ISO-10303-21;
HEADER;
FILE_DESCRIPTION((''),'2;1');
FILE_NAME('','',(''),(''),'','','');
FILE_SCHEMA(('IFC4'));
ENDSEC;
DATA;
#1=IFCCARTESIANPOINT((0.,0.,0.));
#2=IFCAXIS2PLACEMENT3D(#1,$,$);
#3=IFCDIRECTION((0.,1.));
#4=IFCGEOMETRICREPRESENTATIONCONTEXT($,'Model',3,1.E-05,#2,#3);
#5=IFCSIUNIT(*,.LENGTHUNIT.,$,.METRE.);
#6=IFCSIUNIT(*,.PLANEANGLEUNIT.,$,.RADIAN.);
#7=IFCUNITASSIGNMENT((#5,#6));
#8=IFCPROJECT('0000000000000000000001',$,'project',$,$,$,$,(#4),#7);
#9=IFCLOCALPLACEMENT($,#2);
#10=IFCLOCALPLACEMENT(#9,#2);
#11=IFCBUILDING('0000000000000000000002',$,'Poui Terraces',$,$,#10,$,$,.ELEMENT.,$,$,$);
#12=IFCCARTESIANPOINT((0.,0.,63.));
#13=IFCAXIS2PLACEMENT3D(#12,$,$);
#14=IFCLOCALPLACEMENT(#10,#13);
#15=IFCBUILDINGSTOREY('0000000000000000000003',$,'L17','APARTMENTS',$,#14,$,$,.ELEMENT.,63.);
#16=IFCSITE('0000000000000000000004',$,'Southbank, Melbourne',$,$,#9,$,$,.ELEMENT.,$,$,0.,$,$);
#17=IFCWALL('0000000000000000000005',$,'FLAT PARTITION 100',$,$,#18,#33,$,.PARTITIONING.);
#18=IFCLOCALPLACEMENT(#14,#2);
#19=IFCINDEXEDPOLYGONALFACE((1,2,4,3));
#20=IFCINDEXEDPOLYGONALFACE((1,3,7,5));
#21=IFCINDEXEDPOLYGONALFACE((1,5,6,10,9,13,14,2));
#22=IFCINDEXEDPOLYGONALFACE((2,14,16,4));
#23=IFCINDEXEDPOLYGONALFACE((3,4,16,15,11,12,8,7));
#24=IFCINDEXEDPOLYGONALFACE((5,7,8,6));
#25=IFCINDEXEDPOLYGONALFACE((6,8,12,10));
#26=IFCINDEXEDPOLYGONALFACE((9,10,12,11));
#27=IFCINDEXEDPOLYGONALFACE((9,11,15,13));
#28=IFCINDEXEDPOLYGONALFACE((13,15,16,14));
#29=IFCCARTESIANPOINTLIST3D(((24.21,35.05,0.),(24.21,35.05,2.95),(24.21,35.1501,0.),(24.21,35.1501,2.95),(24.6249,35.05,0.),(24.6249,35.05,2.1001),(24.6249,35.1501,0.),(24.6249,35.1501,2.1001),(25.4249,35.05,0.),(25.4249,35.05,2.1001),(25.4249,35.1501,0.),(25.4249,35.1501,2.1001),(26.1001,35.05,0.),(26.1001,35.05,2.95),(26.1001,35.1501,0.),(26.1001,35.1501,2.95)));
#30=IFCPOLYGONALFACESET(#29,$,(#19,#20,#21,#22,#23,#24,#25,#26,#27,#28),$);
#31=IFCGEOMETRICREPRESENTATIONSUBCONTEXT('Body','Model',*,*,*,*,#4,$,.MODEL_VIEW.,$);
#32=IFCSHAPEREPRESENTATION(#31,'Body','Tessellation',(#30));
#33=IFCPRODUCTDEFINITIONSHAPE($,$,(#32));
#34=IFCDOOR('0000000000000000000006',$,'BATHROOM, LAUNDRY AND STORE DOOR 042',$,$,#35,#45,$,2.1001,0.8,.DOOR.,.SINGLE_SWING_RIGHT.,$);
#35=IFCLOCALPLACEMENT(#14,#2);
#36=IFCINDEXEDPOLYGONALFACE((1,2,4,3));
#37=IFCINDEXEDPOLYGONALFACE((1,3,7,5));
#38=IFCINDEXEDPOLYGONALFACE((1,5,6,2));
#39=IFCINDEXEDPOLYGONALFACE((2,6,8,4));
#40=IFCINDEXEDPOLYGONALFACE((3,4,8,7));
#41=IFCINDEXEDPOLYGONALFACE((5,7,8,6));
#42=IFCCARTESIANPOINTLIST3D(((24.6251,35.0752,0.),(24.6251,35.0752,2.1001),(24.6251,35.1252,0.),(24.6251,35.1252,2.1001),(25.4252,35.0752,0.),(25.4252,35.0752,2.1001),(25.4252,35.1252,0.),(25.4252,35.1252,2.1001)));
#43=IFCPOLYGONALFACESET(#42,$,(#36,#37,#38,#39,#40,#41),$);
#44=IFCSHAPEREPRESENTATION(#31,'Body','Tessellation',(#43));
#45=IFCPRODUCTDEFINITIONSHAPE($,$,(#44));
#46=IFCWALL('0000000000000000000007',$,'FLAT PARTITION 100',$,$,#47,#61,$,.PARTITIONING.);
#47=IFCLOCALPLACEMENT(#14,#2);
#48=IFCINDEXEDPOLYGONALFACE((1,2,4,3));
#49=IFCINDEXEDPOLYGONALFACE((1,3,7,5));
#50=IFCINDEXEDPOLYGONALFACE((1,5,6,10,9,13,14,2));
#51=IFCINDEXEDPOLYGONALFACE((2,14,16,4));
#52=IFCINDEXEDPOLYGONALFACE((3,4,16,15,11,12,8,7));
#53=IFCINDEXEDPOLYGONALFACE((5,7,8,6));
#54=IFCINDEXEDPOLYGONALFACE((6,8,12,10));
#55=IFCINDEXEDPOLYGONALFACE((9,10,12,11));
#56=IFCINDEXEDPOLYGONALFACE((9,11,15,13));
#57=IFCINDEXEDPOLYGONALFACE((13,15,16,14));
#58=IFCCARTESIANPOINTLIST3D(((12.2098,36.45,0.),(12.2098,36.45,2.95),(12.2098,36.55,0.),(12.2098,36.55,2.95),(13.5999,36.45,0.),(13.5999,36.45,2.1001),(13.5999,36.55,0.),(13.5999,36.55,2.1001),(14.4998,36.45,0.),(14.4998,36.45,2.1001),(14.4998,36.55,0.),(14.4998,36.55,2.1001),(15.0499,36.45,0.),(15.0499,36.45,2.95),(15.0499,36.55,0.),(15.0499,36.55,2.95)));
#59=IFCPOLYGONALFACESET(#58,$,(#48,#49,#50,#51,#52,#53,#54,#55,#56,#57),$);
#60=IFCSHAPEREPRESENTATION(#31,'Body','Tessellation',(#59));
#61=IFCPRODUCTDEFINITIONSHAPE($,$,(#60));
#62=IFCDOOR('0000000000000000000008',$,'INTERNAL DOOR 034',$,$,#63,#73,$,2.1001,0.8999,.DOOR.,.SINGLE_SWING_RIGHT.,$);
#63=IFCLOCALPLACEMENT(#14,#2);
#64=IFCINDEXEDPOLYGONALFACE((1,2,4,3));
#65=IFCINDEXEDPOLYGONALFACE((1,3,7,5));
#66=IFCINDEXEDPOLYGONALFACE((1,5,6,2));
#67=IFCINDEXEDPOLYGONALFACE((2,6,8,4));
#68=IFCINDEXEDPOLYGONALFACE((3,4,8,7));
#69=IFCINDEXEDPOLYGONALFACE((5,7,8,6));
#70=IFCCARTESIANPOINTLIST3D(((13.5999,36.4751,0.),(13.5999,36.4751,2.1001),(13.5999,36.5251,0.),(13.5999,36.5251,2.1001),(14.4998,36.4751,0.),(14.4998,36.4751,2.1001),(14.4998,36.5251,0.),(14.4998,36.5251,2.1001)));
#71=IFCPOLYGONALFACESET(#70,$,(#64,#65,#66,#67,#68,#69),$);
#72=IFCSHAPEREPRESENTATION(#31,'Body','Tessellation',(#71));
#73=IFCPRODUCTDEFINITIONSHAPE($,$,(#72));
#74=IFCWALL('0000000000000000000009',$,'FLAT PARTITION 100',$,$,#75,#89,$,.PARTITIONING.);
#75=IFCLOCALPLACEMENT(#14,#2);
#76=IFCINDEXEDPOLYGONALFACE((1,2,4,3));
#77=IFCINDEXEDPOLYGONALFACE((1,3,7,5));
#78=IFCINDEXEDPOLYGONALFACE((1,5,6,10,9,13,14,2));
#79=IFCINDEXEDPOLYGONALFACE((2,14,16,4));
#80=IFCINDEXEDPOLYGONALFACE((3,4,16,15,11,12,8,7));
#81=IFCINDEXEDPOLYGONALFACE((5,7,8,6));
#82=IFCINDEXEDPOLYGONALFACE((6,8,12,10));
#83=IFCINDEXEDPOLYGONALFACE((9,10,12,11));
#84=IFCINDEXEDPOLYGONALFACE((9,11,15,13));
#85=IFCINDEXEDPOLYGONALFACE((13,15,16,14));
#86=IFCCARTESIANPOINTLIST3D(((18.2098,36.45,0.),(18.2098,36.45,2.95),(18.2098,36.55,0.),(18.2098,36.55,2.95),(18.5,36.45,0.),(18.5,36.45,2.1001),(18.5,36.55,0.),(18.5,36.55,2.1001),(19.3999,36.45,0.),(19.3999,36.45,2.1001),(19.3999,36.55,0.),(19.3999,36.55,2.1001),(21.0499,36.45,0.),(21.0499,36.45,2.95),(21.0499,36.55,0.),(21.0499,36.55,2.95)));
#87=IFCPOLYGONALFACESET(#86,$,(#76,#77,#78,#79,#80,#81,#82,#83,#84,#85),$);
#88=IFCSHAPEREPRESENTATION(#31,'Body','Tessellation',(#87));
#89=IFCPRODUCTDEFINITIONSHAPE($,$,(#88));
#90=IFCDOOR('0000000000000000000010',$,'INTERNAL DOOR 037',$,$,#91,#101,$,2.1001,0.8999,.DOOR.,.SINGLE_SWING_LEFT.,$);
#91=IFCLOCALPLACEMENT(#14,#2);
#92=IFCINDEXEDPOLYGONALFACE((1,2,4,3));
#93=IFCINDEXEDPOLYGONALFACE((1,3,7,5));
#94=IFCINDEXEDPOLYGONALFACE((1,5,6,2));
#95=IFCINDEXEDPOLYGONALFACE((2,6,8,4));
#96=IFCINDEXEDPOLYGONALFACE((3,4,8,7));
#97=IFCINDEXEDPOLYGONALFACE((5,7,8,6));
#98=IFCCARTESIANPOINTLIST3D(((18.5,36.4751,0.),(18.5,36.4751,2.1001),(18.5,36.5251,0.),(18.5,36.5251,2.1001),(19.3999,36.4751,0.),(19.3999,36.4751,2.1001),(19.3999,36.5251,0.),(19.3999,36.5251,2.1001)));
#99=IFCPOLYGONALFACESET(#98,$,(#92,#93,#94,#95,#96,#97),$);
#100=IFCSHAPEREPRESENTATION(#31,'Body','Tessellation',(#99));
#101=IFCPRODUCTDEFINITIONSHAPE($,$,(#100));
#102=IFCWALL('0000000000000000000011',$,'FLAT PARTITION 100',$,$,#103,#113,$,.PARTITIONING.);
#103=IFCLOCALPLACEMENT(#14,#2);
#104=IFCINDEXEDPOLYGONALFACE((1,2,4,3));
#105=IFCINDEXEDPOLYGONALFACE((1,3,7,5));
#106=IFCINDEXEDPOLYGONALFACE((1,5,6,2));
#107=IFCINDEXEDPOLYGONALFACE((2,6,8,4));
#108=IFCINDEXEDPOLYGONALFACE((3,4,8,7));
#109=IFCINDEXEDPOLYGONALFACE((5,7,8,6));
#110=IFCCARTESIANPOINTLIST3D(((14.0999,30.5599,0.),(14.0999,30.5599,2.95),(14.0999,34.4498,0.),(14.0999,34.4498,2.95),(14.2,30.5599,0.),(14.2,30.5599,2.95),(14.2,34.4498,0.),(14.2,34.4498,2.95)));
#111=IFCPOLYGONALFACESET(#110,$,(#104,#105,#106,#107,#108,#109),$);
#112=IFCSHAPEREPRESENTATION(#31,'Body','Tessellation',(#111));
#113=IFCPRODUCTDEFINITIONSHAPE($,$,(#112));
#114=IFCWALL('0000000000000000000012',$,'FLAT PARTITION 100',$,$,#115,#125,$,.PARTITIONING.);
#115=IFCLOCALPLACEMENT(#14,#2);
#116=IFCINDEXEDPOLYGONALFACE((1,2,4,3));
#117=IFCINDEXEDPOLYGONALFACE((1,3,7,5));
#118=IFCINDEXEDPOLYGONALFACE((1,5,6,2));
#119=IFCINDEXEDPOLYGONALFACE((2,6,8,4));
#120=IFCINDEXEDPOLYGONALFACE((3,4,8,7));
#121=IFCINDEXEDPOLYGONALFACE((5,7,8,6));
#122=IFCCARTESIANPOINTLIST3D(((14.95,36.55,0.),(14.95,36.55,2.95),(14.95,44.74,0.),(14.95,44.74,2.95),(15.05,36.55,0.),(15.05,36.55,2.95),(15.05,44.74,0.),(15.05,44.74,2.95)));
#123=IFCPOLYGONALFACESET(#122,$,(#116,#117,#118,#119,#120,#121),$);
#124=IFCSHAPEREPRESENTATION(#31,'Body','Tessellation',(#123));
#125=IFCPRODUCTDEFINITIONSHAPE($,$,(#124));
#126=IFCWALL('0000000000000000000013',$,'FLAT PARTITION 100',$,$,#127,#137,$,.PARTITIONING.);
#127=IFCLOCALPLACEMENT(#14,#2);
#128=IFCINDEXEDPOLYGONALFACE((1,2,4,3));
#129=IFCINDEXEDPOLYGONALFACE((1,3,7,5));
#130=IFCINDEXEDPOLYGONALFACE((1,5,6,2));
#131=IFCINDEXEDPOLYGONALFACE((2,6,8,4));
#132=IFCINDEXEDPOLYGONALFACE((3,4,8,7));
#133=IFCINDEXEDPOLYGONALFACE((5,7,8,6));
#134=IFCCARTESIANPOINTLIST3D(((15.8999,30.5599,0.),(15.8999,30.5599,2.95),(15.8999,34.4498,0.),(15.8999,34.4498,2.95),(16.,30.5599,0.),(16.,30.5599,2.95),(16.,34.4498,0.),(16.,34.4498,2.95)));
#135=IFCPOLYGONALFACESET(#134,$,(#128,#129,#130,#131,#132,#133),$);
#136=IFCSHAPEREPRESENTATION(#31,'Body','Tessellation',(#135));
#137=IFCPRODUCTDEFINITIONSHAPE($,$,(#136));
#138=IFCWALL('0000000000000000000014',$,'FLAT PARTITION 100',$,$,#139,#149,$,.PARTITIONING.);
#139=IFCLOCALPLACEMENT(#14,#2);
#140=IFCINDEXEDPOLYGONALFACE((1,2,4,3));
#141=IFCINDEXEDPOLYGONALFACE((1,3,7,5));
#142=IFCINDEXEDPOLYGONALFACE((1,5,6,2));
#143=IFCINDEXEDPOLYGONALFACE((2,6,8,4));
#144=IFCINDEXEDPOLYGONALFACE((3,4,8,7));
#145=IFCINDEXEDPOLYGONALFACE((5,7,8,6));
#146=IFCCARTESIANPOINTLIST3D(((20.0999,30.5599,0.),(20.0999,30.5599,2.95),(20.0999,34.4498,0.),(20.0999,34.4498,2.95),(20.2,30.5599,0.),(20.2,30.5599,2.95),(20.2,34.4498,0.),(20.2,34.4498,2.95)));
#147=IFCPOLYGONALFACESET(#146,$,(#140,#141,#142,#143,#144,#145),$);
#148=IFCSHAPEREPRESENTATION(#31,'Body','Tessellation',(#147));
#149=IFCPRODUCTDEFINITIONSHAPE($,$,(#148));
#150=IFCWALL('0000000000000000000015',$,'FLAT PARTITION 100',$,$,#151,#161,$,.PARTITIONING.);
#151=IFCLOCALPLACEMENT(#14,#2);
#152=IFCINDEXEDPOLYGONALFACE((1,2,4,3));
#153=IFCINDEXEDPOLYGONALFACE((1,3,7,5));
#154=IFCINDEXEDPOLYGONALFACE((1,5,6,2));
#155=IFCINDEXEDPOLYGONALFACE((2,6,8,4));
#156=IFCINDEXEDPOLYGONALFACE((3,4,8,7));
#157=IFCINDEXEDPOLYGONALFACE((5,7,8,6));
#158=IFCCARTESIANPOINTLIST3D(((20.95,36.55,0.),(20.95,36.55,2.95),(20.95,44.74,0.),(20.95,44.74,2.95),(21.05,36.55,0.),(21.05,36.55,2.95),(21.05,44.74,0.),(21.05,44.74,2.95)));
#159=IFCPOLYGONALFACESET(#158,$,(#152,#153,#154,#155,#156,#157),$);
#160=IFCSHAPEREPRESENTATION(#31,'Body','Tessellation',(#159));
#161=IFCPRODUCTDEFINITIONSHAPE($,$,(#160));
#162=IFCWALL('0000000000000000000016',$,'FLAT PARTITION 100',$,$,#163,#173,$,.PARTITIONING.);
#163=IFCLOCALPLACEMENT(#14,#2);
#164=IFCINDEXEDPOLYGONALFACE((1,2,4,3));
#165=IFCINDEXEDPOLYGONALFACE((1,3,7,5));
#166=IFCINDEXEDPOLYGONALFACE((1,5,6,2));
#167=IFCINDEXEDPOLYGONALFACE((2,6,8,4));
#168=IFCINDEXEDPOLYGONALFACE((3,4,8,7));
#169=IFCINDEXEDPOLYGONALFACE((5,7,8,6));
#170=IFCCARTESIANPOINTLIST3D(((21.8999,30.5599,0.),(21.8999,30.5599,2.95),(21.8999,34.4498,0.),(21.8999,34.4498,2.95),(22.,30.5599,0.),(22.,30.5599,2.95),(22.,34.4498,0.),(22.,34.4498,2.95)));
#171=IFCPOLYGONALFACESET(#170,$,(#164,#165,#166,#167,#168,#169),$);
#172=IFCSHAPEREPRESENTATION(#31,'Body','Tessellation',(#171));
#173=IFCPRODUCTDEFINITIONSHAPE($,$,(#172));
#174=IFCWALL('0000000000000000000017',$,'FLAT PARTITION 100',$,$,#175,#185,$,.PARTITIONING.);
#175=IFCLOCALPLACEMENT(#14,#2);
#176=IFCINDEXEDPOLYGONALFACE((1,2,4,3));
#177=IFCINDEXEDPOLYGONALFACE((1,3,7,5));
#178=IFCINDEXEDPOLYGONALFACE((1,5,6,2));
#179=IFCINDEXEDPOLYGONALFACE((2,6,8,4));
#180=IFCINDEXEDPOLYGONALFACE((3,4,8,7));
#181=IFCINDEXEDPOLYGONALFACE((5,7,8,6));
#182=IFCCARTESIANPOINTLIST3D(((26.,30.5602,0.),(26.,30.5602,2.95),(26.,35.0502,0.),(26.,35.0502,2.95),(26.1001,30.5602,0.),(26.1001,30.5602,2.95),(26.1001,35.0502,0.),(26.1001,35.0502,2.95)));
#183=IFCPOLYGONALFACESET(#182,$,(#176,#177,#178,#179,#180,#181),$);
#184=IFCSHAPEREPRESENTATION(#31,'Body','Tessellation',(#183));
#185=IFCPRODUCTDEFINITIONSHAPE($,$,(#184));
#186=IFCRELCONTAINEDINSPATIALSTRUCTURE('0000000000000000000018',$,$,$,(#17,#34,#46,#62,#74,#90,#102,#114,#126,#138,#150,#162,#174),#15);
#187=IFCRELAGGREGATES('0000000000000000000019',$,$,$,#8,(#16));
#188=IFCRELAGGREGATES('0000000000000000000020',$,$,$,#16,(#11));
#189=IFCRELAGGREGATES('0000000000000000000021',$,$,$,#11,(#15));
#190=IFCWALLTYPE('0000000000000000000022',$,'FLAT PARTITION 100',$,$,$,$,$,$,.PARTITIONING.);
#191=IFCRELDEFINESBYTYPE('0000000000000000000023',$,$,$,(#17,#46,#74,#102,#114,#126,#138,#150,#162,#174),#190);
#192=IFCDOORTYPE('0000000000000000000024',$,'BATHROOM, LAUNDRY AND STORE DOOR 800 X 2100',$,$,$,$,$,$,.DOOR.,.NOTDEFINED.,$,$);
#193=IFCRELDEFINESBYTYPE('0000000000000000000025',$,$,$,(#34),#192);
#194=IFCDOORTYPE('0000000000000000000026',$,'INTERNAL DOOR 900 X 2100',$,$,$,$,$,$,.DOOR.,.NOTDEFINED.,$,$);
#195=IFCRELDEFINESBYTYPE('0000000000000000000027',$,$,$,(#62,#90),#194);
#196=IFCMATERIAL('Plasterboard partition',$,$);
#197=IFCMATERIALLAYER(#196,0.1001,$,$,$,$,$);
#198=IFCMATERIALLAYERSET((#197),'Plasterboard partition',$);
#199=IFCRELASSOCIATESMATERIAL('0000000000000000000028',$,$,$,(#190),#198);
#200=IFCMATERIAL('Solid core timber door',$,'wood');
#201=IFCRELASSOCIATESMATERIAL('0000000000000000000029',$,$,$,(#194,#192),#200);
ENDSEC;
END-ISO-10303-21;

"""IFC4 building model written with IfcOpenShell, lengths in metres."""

from ifc_helpers import new_model, si_unit, direction, frame, frame_2d, origin, place, context, subcontext, project, spatial, rectangle, extrude, material, layer, layer_set, type_object, element, fill, save


model = new_model("IFC4")

# Units and contexts
model_context = context("Model", 3, precision=1e-05, world=origin(), true_north=direction((0.0, 1.0)))
body_context = subcontext(model_context, "Body", "Model", "MODEL_VIEW")
ifc_project = project(units=[si_unit("LENGTHUNIT", "METRE"), si_unit("PLANEANGLEUNIT", "RADIAN")], contexts=[model_context])

# Site, building, storey
site_placement = place(None, origin())
site = spatial("IfcSite", under=ifc_project, at=site_placement, Name="Southbank, Melbourne", CompositionType="ELEMENT", RefElevation=0.0)
building_placement = place(site_placement, origin())
building = spatial("IfcBuilding", under=site, at=building_placement, Name="Poui Terraces", CompositionType="ELEMENT")
storey_placement = place(building_placement, frame((0.0, 0.0, 63.0)))
storey = spatial("IfcBuildingStorey", under=building, at=storey_placement, Name="L17", Description="APARTMENTS", CompositionType="ELEMENT", Elevation=63.0)

# Walls, openings, doors
ifc_material_1 = material(Name="Plasterboard partition")
ifc_layer_1 = layer(ifc_material_1, 0.1001)
ifc_layer_set_1 = layer_set([ifc_layer_1], Name="Plasterboard partition")
wall_type_1 = type_object("IfcWallType", Name="FLAT PARTITION 100", PredefinedType="PARTITIONING", material=ifc_layer_set_1)
ifc_material_2 = material(Name="Solid core timber door", Category="wood")
door_type_1 = type_object("IfcDoorType", Name="INTERNAL DOOR 900 X 2100", OperationType="NOTDEFINED", PredefinedType="DOOR", material=ifc_material_2)
door_type_2 = type_object("IfcDoorType", Name="BATHROOM, LAUNDRY AND STORE DOOR 800 X 2100", OperationType="NOTDEFINED", PredefinedType="DOOR", material=ifc_material_2)
wall_1_placement = place(storey_placement, frame((24.21, 35.1001, 0.0), z_axis=(0.0, 0.0, 1.0), x_axis=(1.0, 0.0, 0.0)))
wall_1 = element("IfcWall", 1, at=wall_1_placement, inside=storey, type_object=wall_type_1, Name="FLAT PARTITION 100", PredefinedType="PARTITIONING", context=body_context, shape_type="SweptSolid", body=[
    extrude(rectangle(XDim=1.8901, YDim=0.1001, at=frame_2d((0.9451, 0.0))), origin(), (0.0, 0.0, 1.0), 2.95),
])
opening_1_placement = place(wall_1_placement, frame((0.415, 0.0, 0.0)))
opening_1 = element("IfcOpeningElement", 2, at=opening_1_placement, cuts=wall_1, PredefinedType="OPENING", context=body_context, shape_type="SweptSolid", body=[
    extrude(rectangle(XDim=0.8, YDim=2.1001, at=frame_2d((0.3999, 1.05))), frame((0.0, 0.0601, 0.0), z_axis=(0.0, -1.0, 0.0), x_axis=(1.0, 0.0, 0.0)), (0.0, 0.0, 1.0), 0.1201),
])
door_1_placement = place(opening_1_placement, frame((0.8, 0.0, 0.0), z_axis=(0.0, 0.0, 1.0), x_axis=(-1.0, 0.0, 0.0)))
door_1 = element("IfcDoor", 3, at=door_1_placement, inside=storey, type_object=door_type_2, Name="BATHROOM, LAUNDRY AND STORE DOOR 042", OperationType="SINGLE_SWING_RIGHT", OverallHeight=2.1001, OverallWidth=0.8, PredefinedType="DOOR", context=body_context, shape_type="SweptSolid", body=[
    extrude(rectangle(XDim=0.8, YDim=2.1001, at=frame_2d((0.3999, 1.05))), frame((0.0, 0.0249, 0.0), z_axis=(0.0, -1.0, 0.0), x_axis=(1.0, 0.0, 0.0)), (0.0, 0.0, 1.0), 0.05),
])
fill(opening_1, door_1)
wall_2_placement = place(storey_placement, frame((12.21, 36.5, 0.0), z_axis=(0.0, 0.0, 1.0), x_axis=(1.0, 0.0, 0.0)))
wall_2 = element("IfcWall", 4, at=wall_2_placement, inside=storey, type_object=wall_type_1, Name="FLAT PARTITION 100", PredefinedType="PARTITIONING", context=body_context, shape_type="SweptSolid", body=[
    extrude(rectangle(XDim=2.8401, YDim=0.1001, at=frame_2d((1.4199, 0.0))), origin(), (0.0, 0.0, 1.0), 2.95),
])
opening_2_placement = place(wall_2_placement, frame((1.3899, 0.0, 0.0)))
opening_2 = element("IfcOpeningElement", 5, at=opening_2_placement, cuts=wall_2, PredefinedType="OPENING", context=body_context, shape_type="SweptSolid", body=[
    extrude(rectangle(XDim=0.8999, YDim=2.1001, at=frame_2d((0.45, 1.05))), frame((0.0, 0.0601, 0.0), z_axis=(0.0, -1.0, 0.0), x_axis=(1.0, 0.0, 0.0)), (0.0, 0.0, 1.0), 0.1201),
])
door_2_placement = place(opening_2_placement, frame((0.8999, 0.0, 0.0), z_axis=(0.0, 0.0, 1.0), x_axis=(-1.0, 0.0, 0.0)))
door_2 = element("IfcDoor", 6, at=door_2_placement, inside=storey, type_object=door_type_1, Name="INTERNAL DOOR 034", OperationType="SINGLE_SWING_RIGHT", OverallHeight=2.1001, OverallWidth=0.8999, PredefinedType="DOOR", context=body_context, shape_type="SweptSolid", body=[
    extrude(rectangle(XDim=0.8999, YDim=2.1001, at=frame_2d((0.45, 1.05))), frame((0.0, 0.0249, 0.0), z_axis=(0.0, -1.0, 0.0), x_axis=(1.0, 0.0, 0.0)), (0.0, 0.0, 1.0), 0.05),
])
fill(opening_2, door_2)
wall_3_placement = place(storey_placement, frame((18.21, 36.5, 0.0), z_axis=(0.0, 0.0, 1.0), x_axis=(1.0, 0.0, 0.0)))
wall_3 = element("IfcWall", 7, at=wall_3_placement, inside=storey, type_object=wall_type_1, Name="FLAT PARTITION 100", PredefinedType="PARTITIONING", context=body_context, shape_type="SweptSolid", body=[
    extrude(rectangle(XDim=2.8401, YDim=0.1001, at=frame_2d((1.4199, 0.0))), origin(), (0.0, 0.0, 1.0), 2.95),
])
opening_3_placement = place(wall_3_placement, frame((0.29, 0.0, 0.0)))
opening_3 = element("IfcOpeningElement", 8, at=opening_3_placement, cuts=wall_3, PredefinedType="OPENING", context=body_context, shape_type="SweptSolid", body=[
    extrude(rectangle(XDim=0.8999, YDim=2.1001, at=frame_2d((0.45, 1.05))), frame((0.0, 0.0601, 0.0), z_axis=(0.0, -1.0, 0.0), x_axis=(1.0, 0.0, 0.0)), (0.0, 0.0, 1.0), 0.1201),
])
door_3_placement = place(opening_3_placement, frame((0.8999, 0.0, 0.0), z_axis=(0.0, 0.0, 1.0), x_axis=(-1.0, 0.0, 0.0)))
door_3 = element("IfcDoor", 9, at=door_3_placement, inside=storey, type_object=door_type_1, Name="INTERNAL DOOR 037", OperationType="SINGLE_SWING_LEFT", OverallHeight=2.1001, OverallWidth=0.8999, PredefinedType="DOOR", context=body_context, shape_type="SweptSolid", body=[
    extrude(rectangle(XDim=0.8999, YDim=2.1001, at=frame_2d((0.45, 1.05))), frame((0.0, 0.0249, 0.0), z_axis=(0.0, -1.0, 0.0), x_axis=(1.0, 0.0, 0.0)), (0.0, 0.0, 1.0), 0.05),
])
fill(opening_3, door_3)

# Walls
wall_4_placement = place(storey_placement, frame((14.1499, 30.5601, 0.0), z_axis=(0.0, 0.0, 1.0), x_axis=(0.0, 1.0, 0.0)))
element("IfcWall", 10, at=wall_4_placement, inside=storey, type_object=wall_type_1, Name="FLAT PARTITION 100", PredefinedType="PARTITIONING", context=body_context, shape_type="SweptSolid", body=[
    extrude(rectangle(XDim=3.8899, YDim=0.1001, at=frame_2d((1.9448, 0.0))), origin(), (0.0, 0.0, 1.0), 2.95),
])
wall_5_placement = place(storey_placement, frame((15.0, 36.55, 0.0), z_axis=(0.0, 0.0, 1.0), x_axis=(0.0, 1.0, 0.0)))
element("IfcWall", 11, at=wall_5_placement, inside=storey, type_object=wall_type_1, Name="FLAT PARTITION 100", PredefinedType="PARTITIONING", context=body_context, shape_type="SweptSolid", body=[
    extrude(rectangle(XDim=8.1899, YDim=0.1001, at=frame_2d((4.095, 0.0))), origin(), (0.0, 0.0, 1.0), 2.95),
])
for number, where, z_axis, x_axis, name in (
    (12, (15.95, 30.5601, 0.0), (0.0, 0.0, 1.0), (0.0, 1.0, 0.0), "FLAT PARTITION 100"),
    (13, (20.1499, 30.5601, 0.0), (0.0, 0.0, 1.0), (0.0, 1.0, 0.0), "FLAT PARTITION 100"),
):
    element("IfcWall", number, at=place(storey_placement, frame(where, z_axis=z_axis, x_axis=x_axis)), inside=storey, type_object=wall_type_1, Name=name, PredefinedType="PARTITIONING", context=body_context, shape_type="SweptSolid", body=[
        extrude(rectangle(XDim=3.8899, YDim=0.1001, at=frame_2d((1.9448, 0.0))), origin(), (0.0, 0.0, 1.0), 2.95),
    ])
wall_6_placement = place(storey_placement, frame((21.0, 36.55, 0.0), z_axis=(0.0, 0.0, 1.0), x_axis=(0.0, 1.0, 0.0)))
element("IfcWall", 14, at=wall_6_placement, inside=storey, type_object=wall_type_1, Name="FLAT PARTITION 100", PredefinedType="PARTITIONING", context=body_context, shape_type="SweptSolid", body=[
    extrude(rectangle(XDim=8.1899, YDim=0.1001, at=frame_2d((4.095, 0.0))), origin(), (0.0, 0.0, 1.0), 2.95),
])
wall_7_placement = place(storey_placement, frame((21.95, 30.5601, 0.0), z_axis=(0.0, 0.0, 1.0), x_axis=(0.0, 1.0, 0.0)))
element("IfcWall", 15, at=wall_7_placement, inside=storey, type_object=wall_type_1, Name="FLAT PARTITION 100", PredefinedType="PARTITIONING", context=body_context, shape_type="SweptSolid", body=[
    extrude(rectangle(XDim=3.8899, YDim=0.1001, at=frame_2d((1.9448, 0.0))), origin(), (0.0, 0.0, 1.0), 2.95),
])
wall_8_placement = place(storey_placement, frame((26.05, 30.5601, 0.0), z_axis=(0.0, 0.0, 1.0), x_axis=(0.0, 1.0, 0.0)))
element("IfcWall", 16, at=wall_8_placement, inside=storey, type_object=wall_type_1, Name="FLAT PARTITION 100", PredefinedType="PARTITIONING", context=body_context, shape_type="SweptSolid", body=[
    extrude(rectangle(XDim=4.49, YDim=0.1001, at=frame_2d((2.2451, 0.0))), origin(), (0.0, 0.0, 1.0), 2.95),
])

save(model, "model.ifc")
